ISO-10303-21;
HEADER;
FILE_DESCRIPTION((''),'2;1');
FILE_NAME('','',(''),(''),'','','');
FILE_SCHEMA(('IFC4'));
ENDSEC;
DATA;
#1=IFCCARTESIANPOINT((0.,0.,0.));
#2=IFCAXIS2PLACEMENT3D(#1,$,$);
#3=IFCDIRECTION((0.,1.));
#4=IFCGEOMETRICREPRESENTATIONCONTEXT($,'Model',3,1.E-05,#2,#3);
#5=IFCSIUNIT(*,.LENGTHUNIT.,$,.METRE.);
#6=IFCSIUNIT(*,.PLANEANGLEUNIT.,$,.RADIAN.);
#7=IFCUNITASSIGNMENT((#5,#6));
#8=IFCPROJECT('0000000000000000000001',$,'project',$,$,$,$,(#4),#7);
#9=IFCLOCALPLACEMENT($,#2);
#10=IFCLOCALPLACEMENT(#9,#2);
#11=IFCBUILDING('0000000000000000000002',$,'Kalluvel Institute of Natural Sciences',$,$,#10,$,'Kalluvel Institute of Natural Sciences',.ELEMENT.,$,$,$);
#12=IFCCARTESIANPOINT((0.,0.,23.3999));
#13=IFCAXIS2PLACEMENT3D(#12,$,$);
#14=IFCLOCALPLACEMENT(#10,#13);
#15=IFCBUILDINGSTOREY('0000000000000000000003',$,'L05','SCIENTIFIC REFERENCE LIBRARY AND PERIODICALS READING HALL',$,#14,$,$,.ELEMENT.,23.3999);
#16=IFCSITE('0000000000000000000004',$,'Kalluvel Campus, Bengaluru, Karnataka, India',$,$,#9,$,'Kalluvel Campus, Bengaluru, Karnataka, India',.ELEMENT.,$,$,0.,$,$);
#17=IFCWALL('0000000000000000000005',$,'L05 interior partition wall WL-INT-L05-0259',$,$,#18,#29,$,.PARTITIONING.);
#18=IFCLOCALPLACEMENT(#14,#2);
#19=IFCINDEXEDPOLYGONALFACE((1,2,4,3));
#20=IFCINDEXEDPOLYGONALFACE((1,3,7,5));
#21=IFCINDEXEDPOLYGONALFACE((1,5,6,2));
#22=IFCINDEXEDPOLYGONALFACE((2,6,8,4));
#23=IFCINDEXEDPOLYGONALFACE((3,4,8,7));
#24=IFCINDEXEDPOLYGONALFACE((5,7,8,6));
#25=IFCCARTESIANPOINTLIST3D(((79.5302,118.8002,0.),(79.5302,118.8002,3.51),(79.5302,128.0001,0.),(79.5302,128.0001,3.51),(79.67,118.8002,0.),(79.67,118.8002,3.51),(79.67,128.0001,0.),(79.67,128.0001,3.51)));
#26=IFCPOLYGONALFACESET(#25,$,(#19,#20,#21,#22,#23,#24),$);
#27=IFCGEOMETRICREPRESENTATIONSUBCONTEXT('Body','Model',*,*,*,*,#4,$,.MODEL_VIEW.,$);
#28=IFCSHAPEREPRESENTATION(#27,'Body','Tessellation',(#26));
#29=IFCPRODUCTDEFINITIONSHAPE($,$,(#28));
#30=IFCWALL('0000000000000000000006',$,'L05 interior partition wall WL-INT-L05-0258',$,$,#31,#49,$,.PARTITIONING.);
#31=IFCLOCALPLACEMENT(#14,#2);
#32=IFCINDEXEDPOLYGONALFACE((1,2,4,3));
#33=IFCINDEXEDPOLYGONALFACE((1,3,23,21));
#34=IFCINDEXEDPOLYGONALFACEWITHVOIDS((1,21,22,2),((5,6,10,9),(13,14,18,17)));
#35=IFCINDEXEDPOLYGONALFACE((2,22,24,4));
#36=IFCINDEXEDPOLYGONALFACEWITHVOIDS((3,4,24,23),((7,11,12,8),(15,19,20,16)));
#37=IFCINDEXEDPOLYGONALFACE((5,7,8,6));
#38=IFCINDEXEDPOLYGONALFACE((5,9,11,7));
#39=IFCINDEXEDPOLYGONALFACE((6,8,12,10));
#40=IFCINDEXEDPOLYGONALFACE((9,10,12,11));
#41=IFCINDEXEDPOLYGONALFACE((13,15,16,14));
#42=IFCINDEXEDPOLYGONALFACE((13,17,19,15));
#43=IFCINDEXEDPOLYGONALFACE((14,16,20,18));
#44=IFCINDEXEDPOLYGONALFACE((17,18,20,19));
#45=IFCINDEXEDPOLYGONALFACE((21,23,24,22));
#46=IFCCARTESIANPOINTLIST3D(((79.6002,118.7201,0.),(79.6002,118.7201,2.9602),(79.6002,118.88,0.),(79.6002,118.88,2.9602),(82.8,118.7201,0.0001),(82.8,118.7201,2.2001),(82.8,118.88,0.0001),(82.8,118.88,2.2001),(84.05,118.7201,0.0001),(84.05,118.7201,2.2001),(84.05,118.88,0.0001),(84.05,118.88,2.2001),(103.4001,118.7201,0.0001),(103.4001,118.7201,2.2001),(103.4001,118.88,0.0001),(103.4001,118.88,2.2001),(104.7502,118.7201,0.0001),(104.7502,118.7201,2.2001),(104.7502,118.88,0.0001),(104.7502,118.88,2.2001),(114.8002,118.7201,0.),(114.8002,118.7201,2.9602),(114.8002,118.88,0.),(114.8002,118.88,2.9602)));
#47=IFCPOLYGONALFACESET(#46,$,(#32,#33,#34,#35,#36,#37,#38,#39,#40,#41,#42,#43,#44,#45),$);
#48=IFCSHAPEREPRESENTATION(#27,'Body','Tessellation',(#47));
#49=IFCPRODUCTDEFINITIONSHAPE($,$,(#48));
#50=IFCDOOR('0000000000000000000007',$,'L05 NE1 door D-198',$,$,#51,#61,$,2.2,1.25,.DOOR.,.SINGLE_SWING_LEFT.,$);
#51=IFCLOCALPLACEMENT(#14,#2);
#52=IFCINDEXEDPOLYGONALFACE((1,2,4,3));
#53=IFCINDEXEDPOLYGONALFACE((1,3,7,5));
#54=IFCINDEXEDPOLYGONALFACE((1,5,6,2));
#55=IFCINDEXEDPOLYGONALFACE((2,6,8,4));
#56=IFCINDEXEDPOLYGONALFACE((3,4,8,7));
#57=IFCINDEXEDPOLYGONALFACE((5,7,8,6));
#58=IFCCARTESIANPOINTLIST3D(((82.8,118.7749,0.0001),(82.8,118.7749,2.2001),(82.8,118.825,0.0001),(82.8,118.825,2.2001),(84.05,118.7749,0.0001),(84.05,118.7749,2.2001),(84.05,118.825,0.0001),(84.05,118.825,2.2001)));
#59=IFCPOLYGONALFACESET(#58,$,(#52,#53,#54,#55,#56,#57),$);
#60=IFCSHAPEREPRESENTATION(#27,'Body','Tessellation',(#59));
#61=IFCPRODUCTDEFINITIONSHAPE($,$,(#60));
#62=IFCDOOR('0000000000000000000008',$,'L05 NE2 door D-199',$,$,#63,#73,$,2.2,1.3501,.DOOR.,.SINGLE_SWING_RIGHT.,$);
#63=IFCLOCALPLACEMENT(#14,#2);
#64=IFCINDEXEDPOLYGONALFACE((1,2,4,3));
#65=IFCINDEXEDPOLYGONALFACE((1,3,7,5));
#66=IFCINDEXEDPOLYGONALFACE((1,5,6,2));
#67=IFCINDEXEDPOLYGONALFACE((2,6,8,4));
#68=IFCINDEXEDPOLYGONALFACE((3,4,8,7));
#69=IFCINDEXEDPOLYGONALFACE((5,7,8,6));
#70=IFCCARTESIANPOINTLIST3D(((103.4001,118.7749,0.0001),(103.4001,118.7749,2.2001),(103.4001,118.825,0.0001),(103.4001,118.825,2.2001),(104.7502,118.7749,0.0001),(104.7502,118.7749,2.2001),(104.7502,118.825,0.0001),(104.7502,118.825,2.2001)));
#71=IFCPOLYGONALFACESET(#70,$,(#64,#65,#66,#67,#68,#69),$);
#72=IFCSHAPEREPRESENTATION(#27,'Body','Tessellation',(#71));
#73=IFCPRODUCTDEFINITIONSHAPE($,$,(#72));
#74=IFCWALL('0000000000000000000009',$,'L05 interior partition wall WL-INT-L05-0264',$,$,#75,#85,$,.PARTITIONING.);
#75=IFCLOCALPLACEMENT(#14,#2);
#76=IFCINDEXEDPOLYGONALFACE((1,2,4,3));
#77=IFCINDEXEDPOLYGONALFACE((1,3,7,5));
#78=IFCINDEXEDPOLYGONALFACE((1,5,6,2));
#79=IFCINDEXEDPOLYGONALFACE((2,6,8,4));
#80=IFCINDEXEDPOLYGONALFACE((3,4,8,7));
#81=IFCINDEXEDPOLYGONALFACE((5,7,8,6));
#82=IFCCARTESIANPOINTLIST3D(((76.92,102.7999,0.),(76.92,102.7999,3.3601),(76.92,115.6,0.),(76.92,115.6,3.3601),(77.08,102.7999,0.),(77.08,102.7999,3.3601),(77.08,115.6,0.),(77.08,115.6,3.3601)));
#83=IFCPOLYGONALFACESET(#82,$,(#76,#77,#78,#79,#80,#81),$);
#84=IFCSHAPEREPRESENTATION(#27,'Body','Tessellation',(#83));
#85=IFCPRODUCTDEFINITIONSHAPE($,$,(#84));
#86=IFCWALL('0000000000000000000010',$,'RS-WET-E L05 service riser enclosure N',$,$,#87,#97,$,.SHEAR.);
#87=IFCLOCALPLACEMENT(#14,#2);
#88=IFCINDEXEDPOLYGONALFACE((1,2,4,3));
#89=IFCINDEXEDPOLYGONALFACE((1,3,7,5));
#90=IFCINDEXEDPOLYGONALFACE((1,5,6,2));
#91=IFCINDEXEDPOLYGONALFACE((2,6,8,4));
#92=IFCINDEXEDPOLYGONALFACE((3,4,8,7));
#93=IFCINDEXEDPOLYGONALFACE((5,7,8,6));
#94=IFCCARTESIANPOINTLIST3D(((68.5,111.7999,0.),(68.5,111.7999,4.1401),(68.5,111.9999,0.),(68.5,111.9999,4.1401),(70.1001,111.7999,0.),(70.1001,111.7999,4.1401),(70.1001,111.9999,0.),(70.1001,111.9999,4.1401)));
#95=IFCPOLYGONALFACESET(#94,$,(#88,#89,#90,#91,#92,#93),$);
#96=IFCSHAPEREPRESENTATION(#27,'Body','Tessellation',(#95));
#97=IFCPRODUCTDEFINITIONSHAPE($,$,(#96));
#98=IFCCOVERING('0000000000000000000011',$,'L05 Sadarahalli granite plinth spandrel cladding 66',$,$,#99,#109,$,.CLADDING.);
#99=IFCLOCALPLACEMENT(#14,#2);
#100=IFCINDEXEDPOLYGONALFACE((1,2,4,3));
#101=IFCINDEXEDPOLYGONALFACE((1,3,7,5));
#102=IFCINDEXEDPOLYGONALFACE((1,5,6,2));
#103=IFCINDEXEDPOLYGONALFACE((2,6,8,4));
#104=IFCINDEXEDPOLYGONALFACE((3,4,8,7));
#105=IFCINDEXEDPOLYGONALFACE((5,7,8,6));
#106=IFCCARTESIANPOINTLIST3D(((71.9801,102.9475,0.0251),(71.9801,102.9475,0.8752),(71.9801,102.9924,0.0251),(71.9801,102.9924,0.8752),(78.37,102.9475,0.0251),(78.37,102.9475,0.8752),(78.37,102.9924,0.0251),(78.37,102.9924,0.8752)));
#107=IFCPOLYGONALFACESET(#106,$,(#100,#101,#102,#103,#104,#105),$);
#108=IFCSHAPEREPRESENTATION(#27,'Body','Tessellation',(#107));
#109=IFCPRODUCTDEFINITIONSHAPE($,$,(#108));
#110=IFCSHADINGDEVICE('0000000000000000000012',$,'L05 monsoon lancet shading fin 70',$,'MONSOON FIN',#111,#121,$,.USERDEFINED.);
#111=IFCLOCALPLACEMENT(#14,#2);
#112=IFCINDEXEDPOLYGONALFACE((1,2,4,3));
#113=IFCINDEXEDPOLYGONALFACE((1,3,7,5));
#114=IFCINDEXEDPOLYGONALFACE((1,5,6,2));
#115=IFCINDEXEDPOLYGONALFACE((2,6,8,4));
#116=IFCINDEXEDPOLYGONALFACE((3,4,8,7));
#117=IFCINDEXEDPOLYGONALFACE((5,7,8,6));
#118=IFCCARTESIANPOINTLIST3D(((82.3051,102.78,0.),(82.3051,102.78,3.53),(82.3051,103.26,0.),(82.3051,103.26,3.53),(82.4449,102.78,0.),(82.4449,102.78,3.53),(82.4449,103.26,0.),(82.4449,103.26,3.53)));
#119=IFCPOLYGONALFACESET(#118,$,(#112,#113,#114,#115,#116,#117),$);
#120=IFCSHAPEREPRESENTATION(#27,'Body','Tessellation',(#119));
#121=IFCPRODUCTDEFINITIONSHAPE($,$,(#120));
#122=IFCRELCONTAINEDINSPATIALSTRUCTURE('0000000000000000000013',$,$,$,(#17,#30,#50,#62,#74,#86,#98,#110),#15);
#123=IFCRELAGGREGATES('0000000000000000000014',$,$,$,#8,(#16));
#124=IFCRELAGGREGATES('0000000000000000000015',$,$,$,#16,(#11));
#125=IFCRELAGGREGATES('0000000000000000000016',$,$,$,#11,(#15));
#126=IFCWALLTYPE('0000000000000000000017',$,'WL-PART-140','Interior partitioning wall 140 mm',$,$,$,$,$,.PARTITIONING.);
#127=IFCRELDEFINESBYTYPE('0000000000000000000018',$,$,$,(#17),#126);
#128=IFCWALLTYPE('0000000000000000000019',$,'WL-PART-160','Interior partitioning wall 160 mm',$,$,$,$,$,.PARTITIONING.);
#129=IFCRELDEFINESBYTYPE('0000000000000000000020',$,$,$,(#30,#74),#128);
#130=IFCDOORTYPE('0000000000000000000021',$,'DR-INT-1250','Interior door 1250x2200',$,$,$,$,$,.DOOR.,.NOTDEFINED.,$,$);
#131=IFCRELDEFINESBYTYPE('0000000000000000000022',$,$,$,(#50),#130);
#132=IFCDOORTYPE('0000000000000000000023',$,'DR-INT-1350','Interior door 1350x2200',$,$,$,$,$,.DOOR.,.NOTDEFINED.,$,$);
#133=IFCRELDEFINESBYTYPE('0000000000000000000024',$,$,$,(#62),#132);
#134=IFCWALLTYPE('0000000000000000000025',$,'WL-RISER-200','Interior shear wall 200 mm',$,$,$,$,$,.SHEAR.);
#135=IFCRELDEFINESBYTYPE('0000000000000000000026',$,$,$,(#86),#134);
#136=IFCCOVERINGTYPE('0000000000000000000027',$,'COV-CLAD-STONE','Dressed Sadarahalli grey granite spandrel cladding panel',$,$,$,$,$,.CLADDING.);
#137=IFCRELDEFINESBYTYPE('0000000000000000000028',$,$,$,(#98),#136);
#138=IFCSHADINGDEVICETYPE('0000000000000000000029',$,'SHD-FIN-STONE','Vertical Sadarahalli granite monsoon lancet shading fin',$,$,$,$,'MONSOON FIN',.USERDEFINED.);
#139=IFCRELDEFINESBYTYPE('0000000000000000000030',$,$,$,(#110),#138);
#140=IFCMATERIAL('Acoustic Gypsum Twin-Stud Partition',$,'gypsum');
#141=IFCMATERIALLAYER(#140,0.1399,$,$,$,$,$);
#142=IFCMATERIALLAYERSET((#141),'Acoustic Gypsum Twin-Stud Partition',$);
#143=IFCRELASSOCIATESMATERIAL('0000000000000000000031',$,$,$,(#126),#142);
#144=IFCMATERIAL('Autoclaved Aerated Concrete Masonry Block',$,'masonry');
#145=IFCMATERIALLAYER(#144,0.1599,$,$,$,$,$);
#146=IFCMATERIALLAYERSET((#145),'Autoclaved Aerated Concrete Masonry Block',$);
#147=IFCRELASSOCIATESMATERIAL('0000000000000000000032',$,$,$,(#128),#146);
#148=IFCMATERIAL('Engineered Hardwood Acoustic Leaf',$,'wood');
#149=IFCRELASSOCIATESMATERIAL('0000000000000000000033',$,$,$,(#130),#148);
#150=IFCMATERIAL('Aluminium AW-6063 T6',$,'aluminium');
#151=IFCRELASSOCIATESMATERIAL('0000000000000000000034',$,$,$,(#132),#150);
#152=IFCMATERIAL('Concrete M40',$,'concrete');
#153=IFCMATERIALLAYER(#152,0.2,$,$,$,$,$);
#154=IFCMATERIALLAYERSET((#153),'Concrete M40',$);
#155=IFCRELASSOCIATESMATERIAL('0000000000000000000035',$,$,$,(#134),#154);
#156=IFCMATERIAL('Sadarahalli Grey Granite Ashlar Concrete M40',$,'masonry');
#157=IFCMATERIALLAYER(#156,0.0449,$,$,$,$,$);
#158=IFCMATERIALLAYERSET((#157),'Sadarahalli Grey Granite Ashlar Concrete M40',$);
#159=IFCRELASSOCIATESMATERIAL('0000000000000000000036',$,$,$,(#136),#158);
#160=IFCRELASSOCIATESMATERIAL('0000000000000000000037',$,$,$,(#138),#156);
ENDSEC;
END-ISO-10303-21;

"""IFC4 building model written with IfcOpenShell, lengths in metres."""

from ifc_helpers import new_model, si_unit, direction, frame, frame_2d, origin, origin_2d, place, context, subcontext, project, spatial, rectangle, extrude, material, layer, layer_set, type_object, element, fill, save


model = new_model("IFC4")

# Units and contexts
model_context = context("Model", 3, precision=1e-05, world=origin(), true_north=direction((0.0, 1.0)))
body_context = subcontext(model_context, "Body", "Model", "MODEL_VIEW")
ifc_project = project(units=[si_unit("LENGTHUNIT", "METRE"), si_unit("PLANEANGLEUNIT", "RADIAN")], contexts=[model_context])

# Site, building, storey
site_placement = place(None, origin())
site = spatial("IfcSite", under=ifc_project, at=site_placement, Name="Kalluvel Campus, Bengaluru, Karnataka, India", LongName="Kalluvel Campus, Bengaluru, Karnataka, India", CompositionType="ELEMENT", RefElevation=0.0)
building_placement = place(site_placement, origin())
building = spatial("IfcBuilding", under=site, at=building_placement, Name="Kalluvel Institute of Natural Sciences", LongName="Kalluvel Institute of Natural Sciences", CompositionType="ELEMENT")
storey_placement = place(building_placement, frame((0.0, 0.0, 23.3999)))
storey = spatial("IfcBuildingStorey", under=building, at=storey_placement, Name="L05", Description="SCIENTIFIC REFERENCE LIBRARY AND PERIODICALS READING HALL", CompositionType="ELEMENT", Elevation=23.3999)

# Shared definitions
ifc_material_1 = material(Name="Concrete M40", Category="concrete")

# Shared definitions
ifc_material_2 = material(Name="Aluminium AW-6063 T6", Category="aluminium")

# Wall
ifc_material_3 = material(Name="Acoustic Gypsum Twin-Stud Partition", Category="gypsum")
ifc_layer_1 = layer(ifc_material_3, 0.1399)
ifc_layer_set_1 = layer_set([ifc_layer_1], Name="Acoustic Gypsum Twin-Stud Partition")
wall_type_1 = type_object("IfcWallType", Name="WL-PART-140", Description="Interior partitioning wall 140 mm", PredefinedType="PARTITIONING", material=ifc_layer_set_1)
wall_1_placement = place(storey_placement, frame((79.6001, 118.8, 0.0), z_axis=(0.0, 0.0, 1.0), x_axis=(0.0, 1.0, 0.0)))
element("IfcWall", 1, at=wall_1_placement, inside=storey, type_object=wall_type_1, Name="L05 interior partition wall WL-INT-L05-0259", PredefinedType="PARTITIONING", context=body_context, shape_type="SweptSolid", body=[
    extrude(rectangle(XDim=9.2, YDim=0.1399, at=frame_2d((4.6001, 0.0))), origin(), (0.0, 0.0, 1.0), 3.51),
])

# Wall, openings, doors
ifc_material_4 = material(Name="Autoclaved Aerated Concrete Masonry Block", Category="masonry")
ifc_layer_2 = layer(ifc_material_4, 0.1599)
ifc_layer_set_2 = layer_set([ifc_layer_2], Name="Autoclaved Aerated Concrete Masonry Block")
wall_type_2 = type_object("IfcWallType", Name="WL-PART-160", Description="Interior partitioning wall 160 mm", PredefinedType="PARTITIONING", material=ifc_layer_set_2)
wall_2_placement = place(storey_placement, frame((79.6001, 118.8, 0.0), z_axis=(0.0, 0.0, 1.0), x_axis=(1.0, 0.0, 0.0)))
wall_2 = element("IfcWall", 2, at=wall_2_placement, inside=storey, type_object=wall_type_2, Name="L05 interior partition wall WL-INT-L05-0258", PredefinedType="PARTITIONING", context=body_context, shape_type="SweptSolid", body=[
    extrude(rectangle(XDim=35.2, YDim=0.1599, at=frame_2d((17.6001, 0.0))), origin(), (0.0, 0.0, 1.0), 2.9602),
])
opening_1_placement = place(wall_2_placement, frame((3.2, 0.0, 0.0)))
opening_1 = element("IfcOpeningElement", 3, at=opening_1_placement, cuts=wall_2, PredefinedType="OPENING", context=body_context, shape_type="SweptSolid", body=[
    extrude(rectangle(XDim=1.25, YDim=2.2, at=frame_2d((0.625, 1.1001))), frame((0.0, 0.0898, 0.0), z_axis=(0.0, -1.0, 0.0), x_axis=(1.0, 0.0, 0.0)), (0.0, 0.0, 1.0), 0.1799),
])
opening_2_placement = place(wall_2_placement, frame((23.8, 0.0, 0.0)))
opening_2 = element("IfcOpeningElement", 4, at=opening_2_placement, cuts=wall_2, PredefinedType="OPENING", context=body_context, shape_type="SweptSolid", body=[
    extrude(rectangle(XDim=1.3501, YDim=2.2, at=frame_2d((0.675, 1.1001))), frame((0.0, 0.0898, 0.0), z_axis=(0.0, -1.0, 0.0), x_axis=(1.0, 0.0, 0.0)), (0.0, 0.0, 1.0), 0.1799),
])
ifc_material_5 = material(Name="Engineered Hardwood Acoustic Leaf", Category="wood")
door_type_1 = type_object("IfcDoorType", Name="DR-INT-1250", Description="Interior door 1250x2200", OperationType="NOTDEFINED", PredefinedType="DOOR", material=ifc_material_5)
door_1_placement = place(opening_1_placement, origin())
door_1 = element("IfcDoor", 5, at=door_1_placement, inside=storey, type_object=door_type_1, Name="L05 NE1 door D-198", OperationType="SINGLE_SWING_LEFT", OverallHeight=2.2, OverallWidth=1.25, PredefinedType="DOOR", context=body_context, shape_type="SweptSolid", body=[
    extrude(rectangle(XDim=1.25, YDim=2.2, at=frame_2d((0.625, 1.1001))), frame((0.0, 0.0249, 0.0), z_axis=(0.0, -1.0, 0.0), x_axis=(1.0, 0.0, 0.0)), (0.0, 0.0, 1.0), 0.05),
])
fill(opening_1, door_1)
door_type_2 = type_object("IfcDoorType", Name="DR-INT-1350", Description="Interior door 1350x2200", OperationType="NOTDEFINED", PredefinedType="DOOR", material=ifc_material_2)
door_2_placement = place(opening_2_placement, origin())
door_2 = element("IfcDoor", 6, at=door_2_placement, inside=storey, type_object=door_type_2, Name="L05 NE2 door D-199", OperationType="SINGLE_SWING_RIGHT", OverallHeight=2.2, OverallWidth=1.3501, PredefinedType="DOOR", context=body_context, shape_type="SweptSolid", body=[
    extrude(rectangle(XDim=1.3501, YDim=2.2, at=frame_2d((0.675, 1.1001))), frame((0.0, 0.0249, 0.0), z_axis=(0.0, -1.0, 0.0), x_axis=(1.0, 0.0, 0.0)), (0.0, 0.0, 1.0), 0.05),
])
fill(opening_2, door_2)

# Walls
wall_3_placement = place(storey_placement, frame((77.0, 102.8, 0.0), z_axis=(0.0, 0.0, 1.0), x_axis=(0.0, 1.0, 0.0)))
element("IfcWall", 7, at=wall_3_placement, inside=storey, type_object=wall_type_2, Name="L05 interior partition wall WL-INT-L05-0264", PredefinedType="PARTITIONING", context=body_context, shape_type="SweptSolid", body=[
    extrude(rectangle(XDim=12.8, YDim=0.1599, at=frame_2d((6.3999, 0.0))), origin(), (0.0, 0.0, 1.0), 3.3601),
])
ifc_layer_3 = layer(ifc_material_1, 0.2)
ifc_layer_set_3 = layer_set([ifc_layer_3], Name="Concrete M40")
wall_type_3 = type_object("IfcWallType", Name="WL-RISER-200", Description="Interior shear wall 200 mm", PredefinedType="SHEAR", material=ifc_layer_set_3)
wall_4_placement = place(storey_placement, frame((70.1001, 111.8999, 0.0), z_axis=(0.0, 0.0, 1.0), x_axis=(-1.0, 0.0, 0.0)))
element("IfcWall", 8, at=wall_4_placement, inside=storey, type_object=wall_type_3, Name="RS-WET-E L05 service riser enclosure N", PredefinedType="SHEAR", context=body_context, shape_type="SweptSolid", body=[
    extrude(rectangle(XDim=1.6001, YDim=0.2, at=frame_2d((0.8, 0.0))), origin(), (0.0, 0.0, 1.0), 4.1401),
])

# Covering
ifc_material_6 = material(Name="Sadarahalli Grey Granite Ashlar Concrete M40", Category="masonry")
ifc_layer_4 = layer(ifc_material_6, 0.0449)
ifc_layer_set_4 = layer_set([ifc_layer_4], Name="Sadarahalli Grey Granite Ashlar Concrete M40")
covering_type = type_object("IfcCoveringType", Name="COV-CLAD-STONE", Description="Dressed Sadarahalli grey granite spandrel cladding panel", PredefinedType="CLADDING", material=ifc_layer_set_4)
covering_placement = place(storey_placement, frame((75.175, 102.97, 0.0251), z_axis=(0.0, 0.0, 1.0), x_axis=(1.0, 0.0, 0.0)))
element("IfcCovering", 9, at=covering_placement, inside=storey, type_object=covering_type, Name="L05 Sadarahalli granite plinth spandrel cladding 66", PredefinedType="CLADDING", context=body_context, shape_type="SweptSolid", body=[
    extrude(rectangle(XDim=6.3899, YDim=0.0449, at=origin_2d()), origin(), (0.0, 0.0, 1.0), 0.8501),
])

# Shading device
shading_device_type = type_object("IfcShadingDeviceType", Name="SHD-FIN-STONE", Description="Vertical Sadarahalli granite monsoon lancet shading fin", ElementType="MONSOON FIN", PredefinedType="USERDEFINED", material=ifc_material_6)
shading_device_placement = place(storey_placement, frame((82.375, 103.02, 0.0), z_axis=(0.0, 0.0, 1.0), x_axis=(1.0, 0.0, 0.0)))
element("IfcShadingDevice", 10, at=shading_device_placement, inside=storey, type_object=shading_device_type, Name="L05 monsoon lancet shading fin 70", ObjectType="MONSOON FIN", PredefinedType="USERDEFINED", context=body_context, shape_type="SweptSolid", body=[
    extrude(rectangle(XDim=0.1399, YDim=0.48, at=origin_2d()), origin(), (0.0, 0.0, 1.0), 3.53),
])

save(model, "model.ifc")
